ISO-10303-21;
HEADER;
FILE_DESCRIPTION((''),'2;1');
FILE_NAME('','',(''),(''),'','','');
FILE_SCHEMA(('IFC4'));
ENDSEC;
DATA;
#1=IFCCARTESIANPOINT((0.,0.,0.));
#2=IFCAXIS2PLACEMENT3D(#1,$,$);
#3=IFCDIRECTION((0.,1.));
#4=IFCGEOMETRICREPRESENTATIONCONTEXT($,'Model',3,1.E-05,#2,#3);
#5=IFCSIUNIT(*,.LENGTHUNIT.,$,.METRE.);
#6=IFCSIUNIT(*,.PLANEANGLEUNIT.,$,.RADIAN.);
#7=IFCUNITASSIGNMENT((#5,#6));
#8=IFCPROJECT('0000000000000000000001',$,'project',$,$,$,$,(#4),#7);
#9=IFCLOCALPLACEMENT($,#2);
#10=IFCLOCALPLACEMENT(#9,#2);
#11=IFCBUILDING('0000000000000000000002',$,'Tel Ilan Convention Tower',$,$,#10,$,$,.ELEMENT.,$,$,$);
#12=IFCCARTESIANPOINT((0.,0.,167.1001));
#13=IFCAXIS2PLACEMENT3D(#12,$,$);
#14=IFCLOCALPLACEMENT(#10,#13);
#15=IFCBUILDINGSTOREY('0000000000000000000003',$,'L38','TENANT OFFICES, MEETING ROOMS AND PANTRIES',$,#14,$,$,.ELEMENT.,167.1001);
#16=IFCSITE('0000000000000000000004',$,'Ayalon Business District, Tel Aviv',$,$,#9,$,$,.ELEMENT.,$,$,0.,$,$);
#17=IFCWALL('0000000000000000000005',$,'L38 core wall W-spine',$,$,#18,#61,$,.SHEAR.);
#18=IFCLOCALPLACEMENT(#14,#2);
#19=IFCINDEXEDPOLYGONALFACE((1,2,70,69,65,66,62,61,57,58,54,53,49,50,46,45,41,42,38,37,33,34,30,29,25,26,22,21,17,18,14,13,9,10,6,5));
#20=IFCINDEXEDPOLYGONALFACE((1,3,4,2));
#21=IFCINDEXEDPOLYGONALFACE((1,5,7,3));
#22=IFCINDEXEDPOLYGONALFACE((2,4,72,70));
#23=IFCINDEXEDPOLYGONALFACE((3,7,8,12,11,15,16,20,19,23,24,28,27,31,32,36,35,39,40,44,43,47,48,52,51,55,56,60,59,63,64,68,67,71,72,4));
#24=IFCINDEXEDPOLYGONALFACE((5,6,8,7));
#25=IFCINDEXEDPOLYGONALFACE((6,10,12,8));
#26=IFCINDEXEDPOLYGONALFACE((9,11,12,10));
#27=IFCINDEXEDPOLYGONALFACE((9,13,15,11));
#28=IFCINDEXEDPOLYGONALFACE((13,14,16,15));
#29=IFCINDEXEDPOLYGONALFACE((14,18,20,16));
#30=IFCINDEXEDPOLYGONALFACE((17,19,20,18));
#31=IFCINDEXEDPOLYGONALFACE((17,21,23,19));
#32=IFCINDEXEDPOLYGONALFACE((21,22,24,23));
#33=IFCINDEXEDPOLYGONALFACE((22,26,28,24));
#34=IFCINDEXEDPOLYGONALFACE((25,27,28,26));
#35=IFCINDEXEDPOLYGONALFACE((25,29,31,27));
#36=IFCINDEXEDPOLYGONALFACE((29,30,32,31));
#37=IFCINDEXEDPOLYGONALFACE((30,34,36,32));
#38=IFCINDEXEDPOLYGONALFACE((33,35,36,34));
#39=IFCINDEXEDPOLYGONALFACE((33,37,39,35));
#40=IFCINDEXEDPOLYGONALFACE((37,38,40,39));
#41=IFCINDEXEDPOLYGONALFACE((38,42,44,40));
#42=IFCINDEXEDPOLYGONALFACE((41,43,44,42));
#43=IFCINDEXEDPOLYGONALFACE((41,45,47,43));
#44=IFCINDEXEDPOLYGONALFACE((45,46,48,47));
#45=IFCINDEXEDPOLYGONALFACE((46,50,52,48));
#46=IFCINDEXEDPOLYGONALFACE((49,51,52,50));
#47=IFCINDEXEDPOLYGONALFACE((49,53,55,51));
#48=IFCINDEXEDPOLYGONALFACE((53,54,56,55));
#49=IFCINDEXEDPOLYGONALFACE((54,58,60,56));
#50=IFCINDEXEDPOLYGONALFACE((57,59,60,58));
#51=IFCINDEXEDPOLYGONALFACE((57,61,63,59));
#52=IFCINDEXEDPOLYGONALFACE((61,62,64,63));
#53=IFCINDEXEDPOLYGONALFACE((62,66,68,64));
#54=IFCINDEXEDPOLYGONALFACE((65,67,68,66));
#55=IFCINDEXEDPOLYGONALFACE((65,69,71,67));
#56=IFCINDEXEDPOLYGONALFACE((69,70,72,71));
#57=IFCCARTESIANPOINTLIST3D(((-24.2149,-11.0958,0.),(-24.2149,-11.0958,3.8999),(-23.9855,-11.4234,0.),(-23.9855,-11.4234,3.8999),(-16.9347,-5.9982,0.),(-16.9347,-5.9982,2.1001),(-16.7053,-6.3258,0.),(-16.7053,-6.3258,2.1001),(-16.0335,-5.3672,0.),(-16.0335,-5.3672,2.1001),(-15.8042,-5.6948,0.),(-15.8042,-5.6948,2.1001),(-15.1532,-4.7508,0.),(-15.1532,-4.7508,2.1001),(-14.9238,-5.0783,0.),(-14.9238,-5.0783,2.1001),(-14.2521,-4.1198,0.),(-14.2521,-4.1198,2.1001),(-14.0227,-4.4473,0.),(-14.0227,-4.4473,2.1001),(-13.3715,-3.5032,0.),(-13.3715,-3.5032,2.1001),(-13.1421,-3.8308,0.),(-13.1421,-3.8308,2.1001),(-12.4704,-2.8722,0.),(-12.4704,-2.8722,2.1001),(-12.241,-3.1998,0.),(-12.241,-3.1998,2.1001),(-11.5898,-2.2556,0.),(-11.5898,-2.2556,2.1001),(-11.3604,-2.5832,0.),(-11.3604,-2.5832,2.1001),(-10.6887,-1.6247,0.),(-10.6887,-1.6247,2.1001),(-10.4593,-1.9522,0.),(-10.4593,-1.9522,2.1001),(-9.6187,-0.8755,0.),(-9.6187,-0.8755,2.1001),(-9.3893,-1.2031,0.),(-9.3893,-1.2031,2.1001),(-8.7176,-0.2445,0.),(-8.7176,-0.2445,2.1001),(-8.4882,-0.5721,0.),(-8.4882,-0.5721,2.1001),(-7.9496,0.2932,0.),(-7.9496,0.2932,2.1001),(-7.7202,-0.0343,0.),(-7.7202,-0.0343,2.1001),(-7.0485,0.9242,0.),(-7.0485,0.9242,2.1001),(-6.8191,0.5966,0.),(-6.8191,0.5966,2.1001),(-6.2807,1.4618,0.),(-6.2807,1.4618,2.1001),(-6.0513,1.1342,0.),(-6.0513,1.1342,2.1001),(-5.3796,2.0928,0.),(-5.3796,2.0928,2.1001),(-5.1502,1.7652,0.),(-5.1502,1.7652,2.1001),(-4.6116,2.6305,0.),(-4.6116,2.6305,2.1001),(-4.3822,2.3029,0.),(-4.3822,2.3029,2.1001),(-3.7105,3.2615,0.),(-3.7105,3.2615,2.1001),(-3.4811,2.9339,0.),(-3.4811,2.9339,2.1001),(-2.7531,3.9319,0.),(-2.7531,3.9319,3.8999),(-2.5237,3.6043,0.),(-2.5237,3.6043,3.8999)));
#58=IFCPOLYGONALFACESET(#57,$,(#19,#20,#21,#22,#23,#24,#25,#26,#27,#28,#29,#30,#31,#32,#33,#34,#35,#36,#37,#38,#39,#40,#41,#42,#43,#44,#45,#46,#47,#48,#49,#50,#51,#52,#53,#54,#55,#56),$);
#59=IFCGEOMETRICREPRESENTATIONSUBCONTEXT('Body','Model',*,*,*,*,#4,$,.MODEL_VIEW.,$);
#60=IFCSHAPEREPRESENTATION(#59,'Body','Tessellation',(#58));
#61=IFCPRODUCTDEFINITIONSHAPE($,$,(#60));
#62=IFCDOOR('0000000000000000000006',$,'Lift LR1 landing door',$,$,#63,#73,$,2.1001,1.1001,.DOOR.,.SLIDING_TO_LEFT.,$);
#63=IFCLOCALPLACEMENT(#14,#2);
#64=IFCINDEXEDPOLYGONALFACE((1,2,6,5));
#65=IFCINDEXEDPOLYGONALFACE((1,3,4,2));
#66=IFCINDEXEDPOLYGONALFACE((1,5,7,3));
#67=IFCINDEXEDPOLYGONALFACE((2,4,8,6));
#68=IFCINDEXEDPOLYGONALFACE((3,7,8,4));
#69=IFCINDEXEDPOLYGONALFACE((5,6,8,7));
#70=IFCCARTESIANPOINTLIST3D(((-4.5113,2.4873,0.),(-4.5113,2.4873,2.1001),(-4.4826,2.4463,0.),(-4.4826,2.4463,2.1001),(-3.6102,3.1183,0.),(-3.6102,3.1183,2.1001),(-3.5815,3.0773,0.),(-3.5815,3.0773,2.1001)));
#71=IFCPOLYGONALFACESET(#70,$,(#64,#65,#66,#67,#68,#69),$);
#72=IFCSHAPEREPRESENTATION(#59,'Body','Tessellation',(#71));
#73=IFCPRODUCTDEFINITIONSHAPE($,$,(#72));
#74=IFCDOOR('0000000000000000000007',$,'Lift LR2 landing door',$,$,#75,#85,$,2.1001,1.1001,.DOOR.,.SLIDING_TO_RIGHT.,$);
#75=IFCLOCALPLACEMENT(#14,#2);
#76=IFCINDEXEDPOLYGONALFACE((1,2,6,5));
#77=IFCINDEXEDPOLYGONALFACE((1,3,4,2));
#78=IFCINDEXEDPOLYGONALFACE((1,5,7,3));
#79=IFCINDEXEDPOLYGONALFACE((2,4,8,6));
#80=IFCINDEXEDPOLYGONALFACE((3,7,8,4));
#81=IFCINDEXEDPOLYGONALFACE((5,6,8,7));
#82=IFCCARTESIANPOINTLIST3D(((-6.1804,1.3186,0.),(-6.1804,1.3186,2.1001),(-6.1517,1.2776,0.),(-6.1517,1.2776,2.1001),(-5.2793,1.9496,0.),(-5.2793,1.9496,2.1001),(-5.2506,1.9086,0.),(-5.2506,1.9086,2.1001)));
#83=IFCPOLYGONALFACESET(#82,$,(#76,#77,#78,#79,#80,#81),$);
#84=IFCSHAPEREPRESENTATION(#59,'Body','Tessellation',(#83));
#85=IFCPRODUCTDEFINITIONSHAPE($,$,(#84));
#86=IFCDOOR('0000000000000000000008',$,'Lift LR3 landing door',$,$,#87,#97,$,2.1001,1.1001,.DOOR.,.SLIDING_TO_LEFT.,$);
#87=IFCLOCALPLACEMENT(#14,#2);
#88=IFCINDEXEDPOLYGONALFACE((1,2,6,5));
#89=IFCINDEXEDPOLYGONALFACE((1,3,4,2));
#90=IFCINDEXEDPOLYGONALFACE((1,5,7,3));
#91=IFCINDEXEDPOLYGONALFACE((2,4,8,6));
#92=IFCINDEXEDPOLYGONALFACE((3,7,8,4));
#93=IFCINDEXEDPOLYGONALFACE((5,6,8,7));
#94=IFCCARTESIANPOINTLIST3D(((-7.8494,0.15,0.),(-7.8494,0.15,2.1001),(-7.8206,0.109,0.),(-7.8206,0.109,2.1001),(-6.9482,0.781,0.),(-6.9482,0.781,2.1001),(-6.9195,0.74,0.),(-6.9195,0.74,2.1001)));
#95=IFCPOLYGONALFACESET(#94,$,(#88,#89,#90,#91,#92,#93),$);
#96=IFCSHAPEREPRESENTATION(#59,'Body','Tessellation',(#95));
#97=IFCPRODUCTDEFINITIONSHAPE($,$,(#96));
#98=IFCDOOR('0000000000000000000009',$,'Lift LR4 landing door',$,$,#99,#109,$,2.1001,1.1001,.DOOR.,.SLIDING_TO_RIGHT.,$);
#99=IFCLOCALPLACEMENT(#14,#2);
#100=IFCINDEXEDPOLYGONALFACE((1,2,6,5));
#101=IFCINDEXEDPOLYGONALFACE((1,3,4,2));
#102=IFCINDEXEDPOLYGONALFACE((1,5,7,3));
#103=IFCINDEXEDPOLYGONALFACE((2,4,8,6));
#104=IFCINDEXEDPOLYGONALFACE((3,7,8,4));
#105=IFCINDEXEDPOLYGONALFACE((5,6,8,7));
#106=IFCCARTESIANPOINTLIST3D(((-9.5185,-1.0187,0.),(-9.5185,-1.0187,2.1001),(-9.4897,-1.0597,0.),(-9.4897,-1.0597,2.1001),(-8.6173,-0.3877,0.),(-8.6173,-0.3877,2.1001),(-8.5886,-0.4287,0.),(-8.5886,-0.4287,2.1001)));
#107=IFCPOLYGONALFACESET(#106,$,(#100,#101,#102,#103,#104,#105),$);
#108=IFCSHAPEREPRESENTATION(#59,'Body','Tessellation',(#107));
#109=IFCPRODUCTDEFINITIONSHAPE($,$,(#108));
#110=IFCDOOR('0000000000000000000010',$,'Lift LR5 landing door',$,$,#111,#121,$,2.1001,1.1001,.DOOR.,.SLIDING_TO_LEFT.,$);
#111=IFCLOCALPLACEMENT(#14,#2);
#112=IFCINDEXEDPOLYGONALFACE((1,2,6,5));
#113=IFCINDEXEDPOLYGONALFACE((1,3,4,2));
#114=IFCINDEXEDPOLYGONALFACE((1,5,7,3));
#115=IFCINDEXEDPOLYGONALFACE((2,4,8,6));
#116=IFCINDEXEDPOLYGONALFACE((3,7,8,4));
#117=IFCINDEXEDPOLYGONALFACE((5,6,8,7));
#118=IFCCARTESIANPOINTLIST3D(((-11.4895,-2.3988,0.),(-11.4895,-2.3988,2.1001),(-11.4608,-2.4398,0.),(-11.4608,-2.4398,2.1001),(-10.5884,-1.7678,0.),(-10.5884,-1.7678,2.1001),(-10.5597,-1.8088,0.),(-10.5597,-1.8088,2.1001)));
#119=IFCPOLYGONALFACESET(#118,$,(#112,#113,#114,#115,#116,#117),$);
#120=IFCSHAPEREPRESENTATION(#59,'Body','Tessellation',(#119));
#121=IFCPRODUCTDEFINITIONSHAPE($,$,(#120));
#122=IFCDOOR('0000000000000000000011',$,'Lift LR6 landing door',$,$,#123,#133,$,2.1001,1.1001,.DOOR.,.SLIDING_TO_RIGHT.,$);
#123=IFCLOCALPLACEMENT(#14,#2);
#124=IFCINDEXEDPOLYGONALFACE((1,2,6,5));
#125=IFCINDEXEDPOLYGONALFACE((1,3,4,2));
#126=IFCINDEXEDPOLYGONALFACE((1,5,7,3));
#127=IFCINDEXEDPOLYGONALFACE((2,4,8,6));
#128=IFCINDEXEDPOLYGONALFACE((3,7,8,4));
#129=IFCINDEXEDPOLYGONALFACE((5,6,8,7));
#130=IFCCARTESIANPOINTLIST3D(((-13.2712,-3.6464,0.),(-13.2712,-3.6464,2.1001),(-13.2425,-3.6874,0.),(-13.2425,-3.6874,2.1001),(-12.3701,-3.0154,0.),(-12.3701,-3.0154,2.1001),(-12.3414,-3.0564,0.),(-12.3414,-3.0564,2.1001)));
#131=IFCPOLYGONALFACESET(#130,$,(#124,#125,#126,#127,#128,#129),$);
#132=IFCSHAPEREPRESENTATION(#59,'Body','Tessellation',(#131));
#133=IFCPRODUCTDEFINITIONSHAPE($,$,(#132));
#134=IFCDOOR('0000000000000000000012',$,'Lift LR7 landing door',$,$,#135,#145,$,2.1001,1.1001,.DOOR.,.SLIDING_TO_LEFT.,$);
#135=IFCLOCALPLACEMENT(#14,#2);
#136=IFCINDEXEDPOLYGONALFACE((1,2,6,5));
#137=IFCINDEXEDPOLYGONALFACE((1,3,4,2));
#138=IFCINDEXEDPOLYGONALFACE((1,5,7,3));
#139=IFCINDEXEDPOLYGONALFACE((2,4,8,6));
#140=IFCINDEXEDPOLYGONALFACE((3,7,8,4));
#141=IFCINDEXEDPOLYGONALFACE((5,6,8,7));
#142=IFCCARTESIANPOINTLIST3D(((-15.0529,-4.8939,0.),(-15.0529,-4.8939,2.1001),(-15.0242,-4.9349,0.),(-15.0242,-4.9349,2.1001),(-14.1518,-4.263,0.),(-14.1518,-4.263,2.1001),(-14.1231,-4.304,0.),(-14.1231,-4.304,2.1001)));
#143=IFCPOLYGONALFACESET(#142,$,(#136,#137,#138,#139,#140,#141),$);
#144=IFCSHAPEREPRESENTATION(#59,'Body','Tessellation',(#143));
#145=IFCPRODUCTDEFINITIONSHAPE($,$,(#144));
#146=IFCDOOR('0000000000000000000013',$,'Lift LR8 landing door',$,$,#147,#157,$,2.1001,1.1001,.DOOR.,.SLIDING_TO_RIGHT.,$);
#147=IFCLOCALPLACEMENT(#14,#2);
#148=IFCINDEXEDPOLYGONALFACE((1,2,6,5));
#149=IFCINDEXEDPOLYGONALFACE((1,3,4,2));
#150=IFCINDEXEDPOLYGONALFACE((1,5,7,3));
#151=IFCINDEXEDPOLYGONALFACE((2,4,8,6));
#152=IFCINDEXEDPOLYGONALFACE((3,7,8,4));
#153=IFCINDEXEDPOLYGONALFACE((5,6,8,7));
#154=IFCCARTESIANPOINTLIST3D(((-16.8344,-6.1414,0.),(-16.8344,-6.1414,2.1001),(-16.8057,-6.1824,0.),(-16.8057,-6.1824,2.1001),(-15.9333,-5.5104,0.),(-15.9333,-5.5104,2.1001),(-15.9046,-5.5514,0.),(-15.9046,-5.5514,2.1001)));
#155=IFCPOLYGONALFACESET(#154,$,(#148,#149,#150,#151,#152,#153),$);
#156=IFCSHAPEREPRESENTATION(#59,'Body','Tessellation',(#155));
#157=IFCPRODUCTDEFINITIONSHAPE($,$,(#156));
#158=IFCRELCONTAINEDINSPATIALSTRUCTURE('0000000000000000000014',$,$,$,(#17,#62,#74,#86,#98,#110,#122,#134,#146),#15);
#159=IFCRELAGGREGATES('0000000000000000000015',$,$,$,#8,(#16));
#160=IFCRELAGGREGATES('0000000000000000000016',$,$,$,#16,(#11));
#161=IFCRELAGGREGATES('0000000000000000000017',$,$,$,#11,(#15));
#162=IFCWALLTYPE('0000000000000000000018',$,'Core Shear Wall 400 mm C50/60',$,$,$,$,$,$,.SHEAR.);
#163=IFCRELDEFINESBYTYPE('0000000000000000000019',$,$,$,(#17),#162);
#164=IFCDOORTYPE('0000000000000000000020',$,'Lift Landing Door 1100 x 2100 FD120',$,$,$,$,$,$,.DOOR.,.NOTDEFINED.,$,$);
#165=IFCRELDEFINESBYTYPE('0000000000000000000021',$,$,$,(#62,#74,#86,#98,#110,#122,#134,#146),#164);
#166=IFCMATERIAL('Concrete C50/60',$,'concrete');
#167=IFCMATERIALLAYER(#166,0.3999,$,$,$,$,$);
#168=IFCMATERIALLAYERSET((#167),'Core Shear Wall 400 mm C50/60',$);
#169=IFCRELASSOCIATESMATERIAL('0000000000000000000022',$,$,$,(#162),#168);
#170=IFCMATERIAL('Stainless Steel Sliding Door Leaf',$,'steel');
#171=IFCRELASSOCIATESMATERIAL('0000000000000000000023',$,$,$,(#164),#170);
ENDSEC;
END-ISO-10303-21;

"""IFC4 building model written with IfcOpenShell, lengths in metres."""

from ifc_helpers import new_model, si_unit, direction, frame, frame_2d, origin, place, context, subcontext, project, spatial, polyline, rectangle, outline, extrude, material, layer, layer_set, type_object, element, fill, save


model = new_model("IFC4")

# Units and contexts
model_context = context("Model", 3, precision=1e-05, world=origin(), true_north=direction((0.0, 1.0)))
body_context = subcontext(model_context, "Body", "Model", "MODEL_VIEW")
ifc_project = project(units=[si_unit("LENGTHUNIT", "METRE"), si_unit("PLANEANGLEUNIT", "RADIAN")], contexts=[model_context])

# Site, building, storey
site_placement = place(None, origin())
site = spatial("IfcSite", under=ifc_project, at=site_placement, Name="Ayalon Business District, Tel Aviv", CompositionType="ELEMENT", RefElevation=0.0)
building_placement = place(site_placement, origin())
building = spatial("IfcBuilding", under=site, at=building_placement, Name="Tel Ilan Convention Tower", CompositionType="ELEMENT")
storey_placement = place(building_placement, frame((0.0, 0.0, 167.1001)))
storey = spatial("IfcBuildingStorey", under=building, at=storey_placement, Name="L38", Description="TENANT OFFICES, MEETING ROOMS AND PANTRIES", CompositionType="ELEMENT", Elevation=167.1001)

# Wall, openings, doors
ifc_material_1 = material(Name="Concrete C50/60", Category="concrete")
ifc_layer_1 = layer(ifc_material_1, 0.3999)
ifc_layer_set_1 = layer_set([ifc_layer_1], Name="Core Shear Wall 400 mm C50/60")
wall_type_1 = type_object("IfcWallType", Name="Core Shear Wall 400 mm C50/60", PredefinedType="SHEAR", material=ifc_layer_set_1)
wall_1_placement = place(storey_placement, frame((-2.6384, 3.7681, 0.0), z_axis=(0.0, 0.0, 1.0), x_axis=(-0.819153, -0.573576, 0.0)))
wall_1 = element("IfcWall", 1, at=wall_1_placement, inside=storey, type_object=wall_type_1, Name="L38 core wall W-spine", PredefinedType="SHEAR", context=body_context, shape_type="SweptSolid", body=[
    extrude(outline(polyline([(26.2, 0.2), (0.0, 0.2), (0.0, -0.2), (26.2, -0.2), (26.2, 0.2)])), origin(), (0.0, 0.0, 1.0), 3.8999),
])
opening_1_placement = place(wall_1_placement, frame((1.1687, 0.0, 0.0)))
opening_1 = element("IfcOpeningElement", 2, at=opening_1_placement, cuts=wall_1, PredefinedType="OPENING", context=body_context, shape_type="SweptSolid", body=[
    extrude(rectangle(XDim=1.1001, YDim=2.1001, at=frame_2d((0.55, 1.05))), frame((0.0, 0.21, 0.0), z_axis=(0.0, -1.0, 0.0), x_axis=(1.0, 0.0, 0.0)), (0.0, 0.0, 1.0), 0.4199),
])
opening_2_placement = place(wall_1_placement, frame((3.2063, 0.0, 0.0)))
opening_2 = element("IfcOpeningElement", 3, at=opening_2_placement, cuts=wall_1, PredefinedType="OPENING", context=body_context, shape_type="SweptSolid", body=[
    extrude(rectangle(XDim=1.1001, YDim=2.1001, at=frame_2d((0.55, 1.05))), frame((0.0, 0.21, 0.0), z_axis=(0.0, -1.0, 0.0), x_axis=(1.0, 0.0, 0.0)), (0.0, 0.0, 1.0), 0.4199),
])
opening_3_placement = place(wall_1_placement, frame((5.2437, 0.0, 0.0)))
opening_3 = element("IfcOpeningElement", 4, at=opening_3_placement, cuts=wall_1, PredefinedType="OPENING", context=body_context, shape_type="SweptSolid", body=[
    extrude(rectangle(XDim=1.1001, YDim=2.1001, at=frame_2d((0.55, 1.05))), frame((0.0, 0.21, 0.0), z_axis=(0.0, -1.0, 0.0), x_axis=(1.0, 0.0, 0.0)), (0.0, 0.0, 1.0), 0.4199),
])
opening_4_placement = place(wall_1_placement, frame((7.2812, 0.0, 0.0)))
opening_4 = element("IfcOpeningElement", 5, at=opening_4_placement, cuts=wall_1, PredefinedType="OPENING", context=body_context, shape_type="SweptSolid", body=[
    extrude(rectangle(XDim=1.1001, YDim=2.1001, at=frame_2d((0.55, 1.05))), frame((0.0, 0.21, 0.0), z_axis=(0.0, -1.0, 0.0), x_axis=(1.0, 0.0, 0.0)), (0.0, 0.0, 1.0), 0.4199),
])
opening_5_placement = place(wall_1_placement, frame((9.6875, 0.0, 0.0)))
opening_5 = element("IfcOpeningElement", 6, at=opening_5_placement, cuts=wall_1, PredefinedType="OPENING", context=body_context, shape_type="SweptSolid", body=[
    extrude(rectangle(XDim=1.1001, YDim=2.1001, at=frame_2d((0.55, 1.05))), frame((0.0, 0.21, 0.0), z_axis=(0.0, -1.0, 0.0), x_axis=(1.0, 0.0, 0.0)), (0.0, 0.0, 1.0), 0.4199),
])
opening_6_placement = place(wall_1_placement, frame((11.8625, 0.0, 0.0)))
opening_6 = element("IfcOpeningElement", 7, at=opening_6_placement, cuts=wall_1, PredefinedType="OPENING", context=body_context, shape_type="SweptSolid", body=[
    extrude(rectangle(XDim=1.1001, YDim=2.1001, at=frame_2d((0.55, 1.05))), frame((0.0, 0.21, 0.0), z_axis=(0.0, -1.0, 0.0), x_axis=(1.0, 0.0, 0.0)), (0.0, 0.0, 1.0), 0.4199),
])
opening_7_placement = place(wall_1_placement, frame((14.0376, 0.0, 0.0)))
opening_7 = element("IfcOpeningElement", 8, at=opening_7_placement, cuts=wall_1, PredefinedType="OPENING", context=body_context, shape_type="SweptSolid", body=[
    extrude(rectangle(XDim=1.1001, YDim=2.1001, at=frame_2d((0.55, 1.05))), frame((0.0, 0.21, 0.0), z_axis=(0.0, -1.0, 0.0), x_axis=(1.0, 0.0, 0.0)), (0.0, 0.0, 1.0), 0.4199),
])
opening_8_placement = place(wall_1_placement, frame((16.2124, 0.0, 0.0)))
opening_8 = element("IfcOpeningElement", 9, at=opening_8_placement, cuts=wall_1, PredefinedType="OPENING", context=body_context, shape_type="SweptSolid", body=[
    extrude(rectangle(XDim=1.1001, YDim=2.1001, at=frame_2d((0.55, 1.05))), frame((0.0, 0.21, 0.0), z_axis=(0.0, -1.0, 0.0), x_axis=(1.0, 0.0, 0.0)), (0.0, 0.0, 1.0), 0.4199),
])
ifc_material_2 = material(Name="Stainless Steel Sliding Door Leaf", Category="steel")
door_type = type_object("IfcDoorType", Name="Lift Landing Door 1100 x 2100 FD120", OperationType="NOTDEFINED", PredefinedType="DOOR", material=ifc_material_2)
door_1_placement = place(opening_1_placement, origin())
door_1 = element("IfcDoor", 10, at=door_1_placement, inside=storey, type_object=door_type, Name="Lift LR1 landing door", OperationType="SLIDING_TO_LEFT", OverallHeight=2.1001, OverallWidth=1.1001, PredefinedType="DOOR", context=body_context, shape_type="SweptSolid", body=[
    extrude(rectangle(XDim=1.1001, YDim=2.1001, at=frame_2d((0.55, 1.05))), frame((0.0, 0.0249, 0.0), z_axis=(0.0, -1.0, 0.0), x_axis=(1.0, 0.0, 0.0)), (0.0, 0.0, 1.0), 0.05),
])
fill(opening_1, door_1)
door_2_placement = place(opening_2_placement, origin())
door_2 = element("IfcDoor", 11, at=door_2_placement, inside=storey, type_object=door_type, Name="Lift LR2 landing door", OperationType="SLIDING_TO_RIGHT", OverallHeight=2.1001, OverallWidth=1.1001, PredefinedType="DOOR", context=body_context, shape_type="SweptSolid", body=[
    extrude(rectangle(XDim=1.1001, YDim=2.1001, at=frame_2d((0.55, 1.05))), frame((0.0, 0.0249, 0.0), z_axis=(0.0, -1.0, 0.0), x_axis=(1.0, 0.0, 0.0)), (0.0, 0.0, 1.0), 0.05),
])
fill(opening_2, door_2)
door_3_placement = place(opening_3_placement, origin())
door_3 = element("IfcDoor", 12, at=door_3_placement, inside=storey, type_object=door_type, Name="Lift LR3 landing door", OperationType="SLIDING_TO_LEFT", OverallHeight=2.1001, OverallWidth=1.1001, PredefinedType="DOOR", context=body_context, shape_type="SweptSolid", body=[
    extrude(rectangle(XDim=1.1001, YDim=2.1001, at=frame_2d((0.55, 1.05))), frame((0.0, 0.0249, 0.0), z_axis=(0.0, -1.0, 0.0), x_axis=(1.0, 0.0, 0.0)), (0.0, 0.0, 1.0), 0.05),
])
fill(opening_3, door_3)
door_4_placement = place(opening_4_placement, origin())
door_4 = element("IfcDoor", 13, at=door_4_placement, inside=storey, type_object=door_type, Name="Lift LR4 landing door", OperationType="SLIDING_TO_RIGHT", OverallHeight=2.1001, OverallWidth=1.1001, PredefinedType="DOOR", context=body_context, shape_type="SweptSolid", body=[
    extrude(rectangle(XDim=1.1001, YDim=2.1001, at=frame_2d((0.55, 1.05))), frame((0.0, 0.0249, 0.0), z_axis=(0.0, -1.0, 0.0), x_axis=(1.0, 0.0, 0.0)), (0.0, 0.0, 1.0), 0.05),
])
fill(opening_4, door_4)
door_5_placement = place(opening_5_placement, origin())
door_5 = element("IfcDoor", 14, at=door_5_placement, inside=storey, type_object=door_type, Name="Lift LR5 landing door", OperationType="SLIDING_TO_LEFT", OverallHeight=2.1001, OverallWidth=1.1001, PredefinedType="DOOR", context=body_context, shape_type="SweptSolid", body=[
    extrude(rectangle(XDim=1.1001, YDim=2.1001, at=frame_2d((0.55, 1.05))), frame((0.0, 0.0249, 0.0), z_axis=(0.0, -1.0, 0.0), x_axis=(1.0, 0.0, 0.0)), (0.0, 0.0, 1.0), 0.05),
])
fill(opening_5, door_5)
door_6_placement = place(opening_6_placement, origin())
door_6 = element("IfcDoor", 15, at=door_6_placement, inside=storey, type_object=door_type, Name="Lift LR6 landing door", OperationType="SLIDING_TO_RIGHT", OverallHeight=2.1001, OverallWidth=1.1001, PredefinedType="DOOR", context=body_context, shape_type="SweptSolid", body=[
    extrude(rectangle(XDim=1.1001, YDim=2.1001, at=frame_2d((0.55, 1.05))), frame((0.0, 0.0249, 0.0), z_axis=(0.0, -1.0, 0.0), x_axis=(1.0, 0.0, 0.0)), (0.0, 0.0, 1.0), 0.05),
])
fill(opening_6, door_6)
door_7_placement = place(opening_7_placement, origin())
door_7 = element("IfcDoor", 16, at=door_7_placement, inside=storey, type_object=door_type, Name="Lift LR7 landing door", OperationType="SLIDING_TO_LEFT", OverallHeight=2.1001, OverallWidth=1.1001, PredefinedType="DOOR", context=body_context, shape_type="SweptSolid", body=[
    extrude(rectangle(XDim=1.1001, YDim=2.1001, at=frame_2d((0.55, 1.05))), frame((0.0, 0.0249, 0.0), z_axis=(0.0, -1.0, 0.0), x_axis=(1.0, 0.0, 0.0)), (0.0, 0.0, 1.0), 0.05),
])
fill(opening_7, door_7)
door_8_placement = place(opening_8_placement, origin())
door_8 = element("IfcDoor", 17, at=door_8_placement, inside=storey, type_object=door_type, Name="Lift LR8 landing door", OperationType="SLIDING_TO_RIGHT", OverallHeight=2.1001, OverallWidth=1.1001, PredefinedType="DOOR", context=body_context, shape_type="SweptSolid", body=[
    extrude(rectangle(XDim=1.1001, YDim=2.1001, at=frame_2d((0.55, 1.05))), frame((0.0, 0.0249, 0.0), z_axis=(0.0, -1.0, 0.0), x_axis=(1.0, 0.0, 0.0)), (0.0, 0.0, 1.0), 0.05),
])
fill(opening_8, door_8)

save(model, "model.ifc")
